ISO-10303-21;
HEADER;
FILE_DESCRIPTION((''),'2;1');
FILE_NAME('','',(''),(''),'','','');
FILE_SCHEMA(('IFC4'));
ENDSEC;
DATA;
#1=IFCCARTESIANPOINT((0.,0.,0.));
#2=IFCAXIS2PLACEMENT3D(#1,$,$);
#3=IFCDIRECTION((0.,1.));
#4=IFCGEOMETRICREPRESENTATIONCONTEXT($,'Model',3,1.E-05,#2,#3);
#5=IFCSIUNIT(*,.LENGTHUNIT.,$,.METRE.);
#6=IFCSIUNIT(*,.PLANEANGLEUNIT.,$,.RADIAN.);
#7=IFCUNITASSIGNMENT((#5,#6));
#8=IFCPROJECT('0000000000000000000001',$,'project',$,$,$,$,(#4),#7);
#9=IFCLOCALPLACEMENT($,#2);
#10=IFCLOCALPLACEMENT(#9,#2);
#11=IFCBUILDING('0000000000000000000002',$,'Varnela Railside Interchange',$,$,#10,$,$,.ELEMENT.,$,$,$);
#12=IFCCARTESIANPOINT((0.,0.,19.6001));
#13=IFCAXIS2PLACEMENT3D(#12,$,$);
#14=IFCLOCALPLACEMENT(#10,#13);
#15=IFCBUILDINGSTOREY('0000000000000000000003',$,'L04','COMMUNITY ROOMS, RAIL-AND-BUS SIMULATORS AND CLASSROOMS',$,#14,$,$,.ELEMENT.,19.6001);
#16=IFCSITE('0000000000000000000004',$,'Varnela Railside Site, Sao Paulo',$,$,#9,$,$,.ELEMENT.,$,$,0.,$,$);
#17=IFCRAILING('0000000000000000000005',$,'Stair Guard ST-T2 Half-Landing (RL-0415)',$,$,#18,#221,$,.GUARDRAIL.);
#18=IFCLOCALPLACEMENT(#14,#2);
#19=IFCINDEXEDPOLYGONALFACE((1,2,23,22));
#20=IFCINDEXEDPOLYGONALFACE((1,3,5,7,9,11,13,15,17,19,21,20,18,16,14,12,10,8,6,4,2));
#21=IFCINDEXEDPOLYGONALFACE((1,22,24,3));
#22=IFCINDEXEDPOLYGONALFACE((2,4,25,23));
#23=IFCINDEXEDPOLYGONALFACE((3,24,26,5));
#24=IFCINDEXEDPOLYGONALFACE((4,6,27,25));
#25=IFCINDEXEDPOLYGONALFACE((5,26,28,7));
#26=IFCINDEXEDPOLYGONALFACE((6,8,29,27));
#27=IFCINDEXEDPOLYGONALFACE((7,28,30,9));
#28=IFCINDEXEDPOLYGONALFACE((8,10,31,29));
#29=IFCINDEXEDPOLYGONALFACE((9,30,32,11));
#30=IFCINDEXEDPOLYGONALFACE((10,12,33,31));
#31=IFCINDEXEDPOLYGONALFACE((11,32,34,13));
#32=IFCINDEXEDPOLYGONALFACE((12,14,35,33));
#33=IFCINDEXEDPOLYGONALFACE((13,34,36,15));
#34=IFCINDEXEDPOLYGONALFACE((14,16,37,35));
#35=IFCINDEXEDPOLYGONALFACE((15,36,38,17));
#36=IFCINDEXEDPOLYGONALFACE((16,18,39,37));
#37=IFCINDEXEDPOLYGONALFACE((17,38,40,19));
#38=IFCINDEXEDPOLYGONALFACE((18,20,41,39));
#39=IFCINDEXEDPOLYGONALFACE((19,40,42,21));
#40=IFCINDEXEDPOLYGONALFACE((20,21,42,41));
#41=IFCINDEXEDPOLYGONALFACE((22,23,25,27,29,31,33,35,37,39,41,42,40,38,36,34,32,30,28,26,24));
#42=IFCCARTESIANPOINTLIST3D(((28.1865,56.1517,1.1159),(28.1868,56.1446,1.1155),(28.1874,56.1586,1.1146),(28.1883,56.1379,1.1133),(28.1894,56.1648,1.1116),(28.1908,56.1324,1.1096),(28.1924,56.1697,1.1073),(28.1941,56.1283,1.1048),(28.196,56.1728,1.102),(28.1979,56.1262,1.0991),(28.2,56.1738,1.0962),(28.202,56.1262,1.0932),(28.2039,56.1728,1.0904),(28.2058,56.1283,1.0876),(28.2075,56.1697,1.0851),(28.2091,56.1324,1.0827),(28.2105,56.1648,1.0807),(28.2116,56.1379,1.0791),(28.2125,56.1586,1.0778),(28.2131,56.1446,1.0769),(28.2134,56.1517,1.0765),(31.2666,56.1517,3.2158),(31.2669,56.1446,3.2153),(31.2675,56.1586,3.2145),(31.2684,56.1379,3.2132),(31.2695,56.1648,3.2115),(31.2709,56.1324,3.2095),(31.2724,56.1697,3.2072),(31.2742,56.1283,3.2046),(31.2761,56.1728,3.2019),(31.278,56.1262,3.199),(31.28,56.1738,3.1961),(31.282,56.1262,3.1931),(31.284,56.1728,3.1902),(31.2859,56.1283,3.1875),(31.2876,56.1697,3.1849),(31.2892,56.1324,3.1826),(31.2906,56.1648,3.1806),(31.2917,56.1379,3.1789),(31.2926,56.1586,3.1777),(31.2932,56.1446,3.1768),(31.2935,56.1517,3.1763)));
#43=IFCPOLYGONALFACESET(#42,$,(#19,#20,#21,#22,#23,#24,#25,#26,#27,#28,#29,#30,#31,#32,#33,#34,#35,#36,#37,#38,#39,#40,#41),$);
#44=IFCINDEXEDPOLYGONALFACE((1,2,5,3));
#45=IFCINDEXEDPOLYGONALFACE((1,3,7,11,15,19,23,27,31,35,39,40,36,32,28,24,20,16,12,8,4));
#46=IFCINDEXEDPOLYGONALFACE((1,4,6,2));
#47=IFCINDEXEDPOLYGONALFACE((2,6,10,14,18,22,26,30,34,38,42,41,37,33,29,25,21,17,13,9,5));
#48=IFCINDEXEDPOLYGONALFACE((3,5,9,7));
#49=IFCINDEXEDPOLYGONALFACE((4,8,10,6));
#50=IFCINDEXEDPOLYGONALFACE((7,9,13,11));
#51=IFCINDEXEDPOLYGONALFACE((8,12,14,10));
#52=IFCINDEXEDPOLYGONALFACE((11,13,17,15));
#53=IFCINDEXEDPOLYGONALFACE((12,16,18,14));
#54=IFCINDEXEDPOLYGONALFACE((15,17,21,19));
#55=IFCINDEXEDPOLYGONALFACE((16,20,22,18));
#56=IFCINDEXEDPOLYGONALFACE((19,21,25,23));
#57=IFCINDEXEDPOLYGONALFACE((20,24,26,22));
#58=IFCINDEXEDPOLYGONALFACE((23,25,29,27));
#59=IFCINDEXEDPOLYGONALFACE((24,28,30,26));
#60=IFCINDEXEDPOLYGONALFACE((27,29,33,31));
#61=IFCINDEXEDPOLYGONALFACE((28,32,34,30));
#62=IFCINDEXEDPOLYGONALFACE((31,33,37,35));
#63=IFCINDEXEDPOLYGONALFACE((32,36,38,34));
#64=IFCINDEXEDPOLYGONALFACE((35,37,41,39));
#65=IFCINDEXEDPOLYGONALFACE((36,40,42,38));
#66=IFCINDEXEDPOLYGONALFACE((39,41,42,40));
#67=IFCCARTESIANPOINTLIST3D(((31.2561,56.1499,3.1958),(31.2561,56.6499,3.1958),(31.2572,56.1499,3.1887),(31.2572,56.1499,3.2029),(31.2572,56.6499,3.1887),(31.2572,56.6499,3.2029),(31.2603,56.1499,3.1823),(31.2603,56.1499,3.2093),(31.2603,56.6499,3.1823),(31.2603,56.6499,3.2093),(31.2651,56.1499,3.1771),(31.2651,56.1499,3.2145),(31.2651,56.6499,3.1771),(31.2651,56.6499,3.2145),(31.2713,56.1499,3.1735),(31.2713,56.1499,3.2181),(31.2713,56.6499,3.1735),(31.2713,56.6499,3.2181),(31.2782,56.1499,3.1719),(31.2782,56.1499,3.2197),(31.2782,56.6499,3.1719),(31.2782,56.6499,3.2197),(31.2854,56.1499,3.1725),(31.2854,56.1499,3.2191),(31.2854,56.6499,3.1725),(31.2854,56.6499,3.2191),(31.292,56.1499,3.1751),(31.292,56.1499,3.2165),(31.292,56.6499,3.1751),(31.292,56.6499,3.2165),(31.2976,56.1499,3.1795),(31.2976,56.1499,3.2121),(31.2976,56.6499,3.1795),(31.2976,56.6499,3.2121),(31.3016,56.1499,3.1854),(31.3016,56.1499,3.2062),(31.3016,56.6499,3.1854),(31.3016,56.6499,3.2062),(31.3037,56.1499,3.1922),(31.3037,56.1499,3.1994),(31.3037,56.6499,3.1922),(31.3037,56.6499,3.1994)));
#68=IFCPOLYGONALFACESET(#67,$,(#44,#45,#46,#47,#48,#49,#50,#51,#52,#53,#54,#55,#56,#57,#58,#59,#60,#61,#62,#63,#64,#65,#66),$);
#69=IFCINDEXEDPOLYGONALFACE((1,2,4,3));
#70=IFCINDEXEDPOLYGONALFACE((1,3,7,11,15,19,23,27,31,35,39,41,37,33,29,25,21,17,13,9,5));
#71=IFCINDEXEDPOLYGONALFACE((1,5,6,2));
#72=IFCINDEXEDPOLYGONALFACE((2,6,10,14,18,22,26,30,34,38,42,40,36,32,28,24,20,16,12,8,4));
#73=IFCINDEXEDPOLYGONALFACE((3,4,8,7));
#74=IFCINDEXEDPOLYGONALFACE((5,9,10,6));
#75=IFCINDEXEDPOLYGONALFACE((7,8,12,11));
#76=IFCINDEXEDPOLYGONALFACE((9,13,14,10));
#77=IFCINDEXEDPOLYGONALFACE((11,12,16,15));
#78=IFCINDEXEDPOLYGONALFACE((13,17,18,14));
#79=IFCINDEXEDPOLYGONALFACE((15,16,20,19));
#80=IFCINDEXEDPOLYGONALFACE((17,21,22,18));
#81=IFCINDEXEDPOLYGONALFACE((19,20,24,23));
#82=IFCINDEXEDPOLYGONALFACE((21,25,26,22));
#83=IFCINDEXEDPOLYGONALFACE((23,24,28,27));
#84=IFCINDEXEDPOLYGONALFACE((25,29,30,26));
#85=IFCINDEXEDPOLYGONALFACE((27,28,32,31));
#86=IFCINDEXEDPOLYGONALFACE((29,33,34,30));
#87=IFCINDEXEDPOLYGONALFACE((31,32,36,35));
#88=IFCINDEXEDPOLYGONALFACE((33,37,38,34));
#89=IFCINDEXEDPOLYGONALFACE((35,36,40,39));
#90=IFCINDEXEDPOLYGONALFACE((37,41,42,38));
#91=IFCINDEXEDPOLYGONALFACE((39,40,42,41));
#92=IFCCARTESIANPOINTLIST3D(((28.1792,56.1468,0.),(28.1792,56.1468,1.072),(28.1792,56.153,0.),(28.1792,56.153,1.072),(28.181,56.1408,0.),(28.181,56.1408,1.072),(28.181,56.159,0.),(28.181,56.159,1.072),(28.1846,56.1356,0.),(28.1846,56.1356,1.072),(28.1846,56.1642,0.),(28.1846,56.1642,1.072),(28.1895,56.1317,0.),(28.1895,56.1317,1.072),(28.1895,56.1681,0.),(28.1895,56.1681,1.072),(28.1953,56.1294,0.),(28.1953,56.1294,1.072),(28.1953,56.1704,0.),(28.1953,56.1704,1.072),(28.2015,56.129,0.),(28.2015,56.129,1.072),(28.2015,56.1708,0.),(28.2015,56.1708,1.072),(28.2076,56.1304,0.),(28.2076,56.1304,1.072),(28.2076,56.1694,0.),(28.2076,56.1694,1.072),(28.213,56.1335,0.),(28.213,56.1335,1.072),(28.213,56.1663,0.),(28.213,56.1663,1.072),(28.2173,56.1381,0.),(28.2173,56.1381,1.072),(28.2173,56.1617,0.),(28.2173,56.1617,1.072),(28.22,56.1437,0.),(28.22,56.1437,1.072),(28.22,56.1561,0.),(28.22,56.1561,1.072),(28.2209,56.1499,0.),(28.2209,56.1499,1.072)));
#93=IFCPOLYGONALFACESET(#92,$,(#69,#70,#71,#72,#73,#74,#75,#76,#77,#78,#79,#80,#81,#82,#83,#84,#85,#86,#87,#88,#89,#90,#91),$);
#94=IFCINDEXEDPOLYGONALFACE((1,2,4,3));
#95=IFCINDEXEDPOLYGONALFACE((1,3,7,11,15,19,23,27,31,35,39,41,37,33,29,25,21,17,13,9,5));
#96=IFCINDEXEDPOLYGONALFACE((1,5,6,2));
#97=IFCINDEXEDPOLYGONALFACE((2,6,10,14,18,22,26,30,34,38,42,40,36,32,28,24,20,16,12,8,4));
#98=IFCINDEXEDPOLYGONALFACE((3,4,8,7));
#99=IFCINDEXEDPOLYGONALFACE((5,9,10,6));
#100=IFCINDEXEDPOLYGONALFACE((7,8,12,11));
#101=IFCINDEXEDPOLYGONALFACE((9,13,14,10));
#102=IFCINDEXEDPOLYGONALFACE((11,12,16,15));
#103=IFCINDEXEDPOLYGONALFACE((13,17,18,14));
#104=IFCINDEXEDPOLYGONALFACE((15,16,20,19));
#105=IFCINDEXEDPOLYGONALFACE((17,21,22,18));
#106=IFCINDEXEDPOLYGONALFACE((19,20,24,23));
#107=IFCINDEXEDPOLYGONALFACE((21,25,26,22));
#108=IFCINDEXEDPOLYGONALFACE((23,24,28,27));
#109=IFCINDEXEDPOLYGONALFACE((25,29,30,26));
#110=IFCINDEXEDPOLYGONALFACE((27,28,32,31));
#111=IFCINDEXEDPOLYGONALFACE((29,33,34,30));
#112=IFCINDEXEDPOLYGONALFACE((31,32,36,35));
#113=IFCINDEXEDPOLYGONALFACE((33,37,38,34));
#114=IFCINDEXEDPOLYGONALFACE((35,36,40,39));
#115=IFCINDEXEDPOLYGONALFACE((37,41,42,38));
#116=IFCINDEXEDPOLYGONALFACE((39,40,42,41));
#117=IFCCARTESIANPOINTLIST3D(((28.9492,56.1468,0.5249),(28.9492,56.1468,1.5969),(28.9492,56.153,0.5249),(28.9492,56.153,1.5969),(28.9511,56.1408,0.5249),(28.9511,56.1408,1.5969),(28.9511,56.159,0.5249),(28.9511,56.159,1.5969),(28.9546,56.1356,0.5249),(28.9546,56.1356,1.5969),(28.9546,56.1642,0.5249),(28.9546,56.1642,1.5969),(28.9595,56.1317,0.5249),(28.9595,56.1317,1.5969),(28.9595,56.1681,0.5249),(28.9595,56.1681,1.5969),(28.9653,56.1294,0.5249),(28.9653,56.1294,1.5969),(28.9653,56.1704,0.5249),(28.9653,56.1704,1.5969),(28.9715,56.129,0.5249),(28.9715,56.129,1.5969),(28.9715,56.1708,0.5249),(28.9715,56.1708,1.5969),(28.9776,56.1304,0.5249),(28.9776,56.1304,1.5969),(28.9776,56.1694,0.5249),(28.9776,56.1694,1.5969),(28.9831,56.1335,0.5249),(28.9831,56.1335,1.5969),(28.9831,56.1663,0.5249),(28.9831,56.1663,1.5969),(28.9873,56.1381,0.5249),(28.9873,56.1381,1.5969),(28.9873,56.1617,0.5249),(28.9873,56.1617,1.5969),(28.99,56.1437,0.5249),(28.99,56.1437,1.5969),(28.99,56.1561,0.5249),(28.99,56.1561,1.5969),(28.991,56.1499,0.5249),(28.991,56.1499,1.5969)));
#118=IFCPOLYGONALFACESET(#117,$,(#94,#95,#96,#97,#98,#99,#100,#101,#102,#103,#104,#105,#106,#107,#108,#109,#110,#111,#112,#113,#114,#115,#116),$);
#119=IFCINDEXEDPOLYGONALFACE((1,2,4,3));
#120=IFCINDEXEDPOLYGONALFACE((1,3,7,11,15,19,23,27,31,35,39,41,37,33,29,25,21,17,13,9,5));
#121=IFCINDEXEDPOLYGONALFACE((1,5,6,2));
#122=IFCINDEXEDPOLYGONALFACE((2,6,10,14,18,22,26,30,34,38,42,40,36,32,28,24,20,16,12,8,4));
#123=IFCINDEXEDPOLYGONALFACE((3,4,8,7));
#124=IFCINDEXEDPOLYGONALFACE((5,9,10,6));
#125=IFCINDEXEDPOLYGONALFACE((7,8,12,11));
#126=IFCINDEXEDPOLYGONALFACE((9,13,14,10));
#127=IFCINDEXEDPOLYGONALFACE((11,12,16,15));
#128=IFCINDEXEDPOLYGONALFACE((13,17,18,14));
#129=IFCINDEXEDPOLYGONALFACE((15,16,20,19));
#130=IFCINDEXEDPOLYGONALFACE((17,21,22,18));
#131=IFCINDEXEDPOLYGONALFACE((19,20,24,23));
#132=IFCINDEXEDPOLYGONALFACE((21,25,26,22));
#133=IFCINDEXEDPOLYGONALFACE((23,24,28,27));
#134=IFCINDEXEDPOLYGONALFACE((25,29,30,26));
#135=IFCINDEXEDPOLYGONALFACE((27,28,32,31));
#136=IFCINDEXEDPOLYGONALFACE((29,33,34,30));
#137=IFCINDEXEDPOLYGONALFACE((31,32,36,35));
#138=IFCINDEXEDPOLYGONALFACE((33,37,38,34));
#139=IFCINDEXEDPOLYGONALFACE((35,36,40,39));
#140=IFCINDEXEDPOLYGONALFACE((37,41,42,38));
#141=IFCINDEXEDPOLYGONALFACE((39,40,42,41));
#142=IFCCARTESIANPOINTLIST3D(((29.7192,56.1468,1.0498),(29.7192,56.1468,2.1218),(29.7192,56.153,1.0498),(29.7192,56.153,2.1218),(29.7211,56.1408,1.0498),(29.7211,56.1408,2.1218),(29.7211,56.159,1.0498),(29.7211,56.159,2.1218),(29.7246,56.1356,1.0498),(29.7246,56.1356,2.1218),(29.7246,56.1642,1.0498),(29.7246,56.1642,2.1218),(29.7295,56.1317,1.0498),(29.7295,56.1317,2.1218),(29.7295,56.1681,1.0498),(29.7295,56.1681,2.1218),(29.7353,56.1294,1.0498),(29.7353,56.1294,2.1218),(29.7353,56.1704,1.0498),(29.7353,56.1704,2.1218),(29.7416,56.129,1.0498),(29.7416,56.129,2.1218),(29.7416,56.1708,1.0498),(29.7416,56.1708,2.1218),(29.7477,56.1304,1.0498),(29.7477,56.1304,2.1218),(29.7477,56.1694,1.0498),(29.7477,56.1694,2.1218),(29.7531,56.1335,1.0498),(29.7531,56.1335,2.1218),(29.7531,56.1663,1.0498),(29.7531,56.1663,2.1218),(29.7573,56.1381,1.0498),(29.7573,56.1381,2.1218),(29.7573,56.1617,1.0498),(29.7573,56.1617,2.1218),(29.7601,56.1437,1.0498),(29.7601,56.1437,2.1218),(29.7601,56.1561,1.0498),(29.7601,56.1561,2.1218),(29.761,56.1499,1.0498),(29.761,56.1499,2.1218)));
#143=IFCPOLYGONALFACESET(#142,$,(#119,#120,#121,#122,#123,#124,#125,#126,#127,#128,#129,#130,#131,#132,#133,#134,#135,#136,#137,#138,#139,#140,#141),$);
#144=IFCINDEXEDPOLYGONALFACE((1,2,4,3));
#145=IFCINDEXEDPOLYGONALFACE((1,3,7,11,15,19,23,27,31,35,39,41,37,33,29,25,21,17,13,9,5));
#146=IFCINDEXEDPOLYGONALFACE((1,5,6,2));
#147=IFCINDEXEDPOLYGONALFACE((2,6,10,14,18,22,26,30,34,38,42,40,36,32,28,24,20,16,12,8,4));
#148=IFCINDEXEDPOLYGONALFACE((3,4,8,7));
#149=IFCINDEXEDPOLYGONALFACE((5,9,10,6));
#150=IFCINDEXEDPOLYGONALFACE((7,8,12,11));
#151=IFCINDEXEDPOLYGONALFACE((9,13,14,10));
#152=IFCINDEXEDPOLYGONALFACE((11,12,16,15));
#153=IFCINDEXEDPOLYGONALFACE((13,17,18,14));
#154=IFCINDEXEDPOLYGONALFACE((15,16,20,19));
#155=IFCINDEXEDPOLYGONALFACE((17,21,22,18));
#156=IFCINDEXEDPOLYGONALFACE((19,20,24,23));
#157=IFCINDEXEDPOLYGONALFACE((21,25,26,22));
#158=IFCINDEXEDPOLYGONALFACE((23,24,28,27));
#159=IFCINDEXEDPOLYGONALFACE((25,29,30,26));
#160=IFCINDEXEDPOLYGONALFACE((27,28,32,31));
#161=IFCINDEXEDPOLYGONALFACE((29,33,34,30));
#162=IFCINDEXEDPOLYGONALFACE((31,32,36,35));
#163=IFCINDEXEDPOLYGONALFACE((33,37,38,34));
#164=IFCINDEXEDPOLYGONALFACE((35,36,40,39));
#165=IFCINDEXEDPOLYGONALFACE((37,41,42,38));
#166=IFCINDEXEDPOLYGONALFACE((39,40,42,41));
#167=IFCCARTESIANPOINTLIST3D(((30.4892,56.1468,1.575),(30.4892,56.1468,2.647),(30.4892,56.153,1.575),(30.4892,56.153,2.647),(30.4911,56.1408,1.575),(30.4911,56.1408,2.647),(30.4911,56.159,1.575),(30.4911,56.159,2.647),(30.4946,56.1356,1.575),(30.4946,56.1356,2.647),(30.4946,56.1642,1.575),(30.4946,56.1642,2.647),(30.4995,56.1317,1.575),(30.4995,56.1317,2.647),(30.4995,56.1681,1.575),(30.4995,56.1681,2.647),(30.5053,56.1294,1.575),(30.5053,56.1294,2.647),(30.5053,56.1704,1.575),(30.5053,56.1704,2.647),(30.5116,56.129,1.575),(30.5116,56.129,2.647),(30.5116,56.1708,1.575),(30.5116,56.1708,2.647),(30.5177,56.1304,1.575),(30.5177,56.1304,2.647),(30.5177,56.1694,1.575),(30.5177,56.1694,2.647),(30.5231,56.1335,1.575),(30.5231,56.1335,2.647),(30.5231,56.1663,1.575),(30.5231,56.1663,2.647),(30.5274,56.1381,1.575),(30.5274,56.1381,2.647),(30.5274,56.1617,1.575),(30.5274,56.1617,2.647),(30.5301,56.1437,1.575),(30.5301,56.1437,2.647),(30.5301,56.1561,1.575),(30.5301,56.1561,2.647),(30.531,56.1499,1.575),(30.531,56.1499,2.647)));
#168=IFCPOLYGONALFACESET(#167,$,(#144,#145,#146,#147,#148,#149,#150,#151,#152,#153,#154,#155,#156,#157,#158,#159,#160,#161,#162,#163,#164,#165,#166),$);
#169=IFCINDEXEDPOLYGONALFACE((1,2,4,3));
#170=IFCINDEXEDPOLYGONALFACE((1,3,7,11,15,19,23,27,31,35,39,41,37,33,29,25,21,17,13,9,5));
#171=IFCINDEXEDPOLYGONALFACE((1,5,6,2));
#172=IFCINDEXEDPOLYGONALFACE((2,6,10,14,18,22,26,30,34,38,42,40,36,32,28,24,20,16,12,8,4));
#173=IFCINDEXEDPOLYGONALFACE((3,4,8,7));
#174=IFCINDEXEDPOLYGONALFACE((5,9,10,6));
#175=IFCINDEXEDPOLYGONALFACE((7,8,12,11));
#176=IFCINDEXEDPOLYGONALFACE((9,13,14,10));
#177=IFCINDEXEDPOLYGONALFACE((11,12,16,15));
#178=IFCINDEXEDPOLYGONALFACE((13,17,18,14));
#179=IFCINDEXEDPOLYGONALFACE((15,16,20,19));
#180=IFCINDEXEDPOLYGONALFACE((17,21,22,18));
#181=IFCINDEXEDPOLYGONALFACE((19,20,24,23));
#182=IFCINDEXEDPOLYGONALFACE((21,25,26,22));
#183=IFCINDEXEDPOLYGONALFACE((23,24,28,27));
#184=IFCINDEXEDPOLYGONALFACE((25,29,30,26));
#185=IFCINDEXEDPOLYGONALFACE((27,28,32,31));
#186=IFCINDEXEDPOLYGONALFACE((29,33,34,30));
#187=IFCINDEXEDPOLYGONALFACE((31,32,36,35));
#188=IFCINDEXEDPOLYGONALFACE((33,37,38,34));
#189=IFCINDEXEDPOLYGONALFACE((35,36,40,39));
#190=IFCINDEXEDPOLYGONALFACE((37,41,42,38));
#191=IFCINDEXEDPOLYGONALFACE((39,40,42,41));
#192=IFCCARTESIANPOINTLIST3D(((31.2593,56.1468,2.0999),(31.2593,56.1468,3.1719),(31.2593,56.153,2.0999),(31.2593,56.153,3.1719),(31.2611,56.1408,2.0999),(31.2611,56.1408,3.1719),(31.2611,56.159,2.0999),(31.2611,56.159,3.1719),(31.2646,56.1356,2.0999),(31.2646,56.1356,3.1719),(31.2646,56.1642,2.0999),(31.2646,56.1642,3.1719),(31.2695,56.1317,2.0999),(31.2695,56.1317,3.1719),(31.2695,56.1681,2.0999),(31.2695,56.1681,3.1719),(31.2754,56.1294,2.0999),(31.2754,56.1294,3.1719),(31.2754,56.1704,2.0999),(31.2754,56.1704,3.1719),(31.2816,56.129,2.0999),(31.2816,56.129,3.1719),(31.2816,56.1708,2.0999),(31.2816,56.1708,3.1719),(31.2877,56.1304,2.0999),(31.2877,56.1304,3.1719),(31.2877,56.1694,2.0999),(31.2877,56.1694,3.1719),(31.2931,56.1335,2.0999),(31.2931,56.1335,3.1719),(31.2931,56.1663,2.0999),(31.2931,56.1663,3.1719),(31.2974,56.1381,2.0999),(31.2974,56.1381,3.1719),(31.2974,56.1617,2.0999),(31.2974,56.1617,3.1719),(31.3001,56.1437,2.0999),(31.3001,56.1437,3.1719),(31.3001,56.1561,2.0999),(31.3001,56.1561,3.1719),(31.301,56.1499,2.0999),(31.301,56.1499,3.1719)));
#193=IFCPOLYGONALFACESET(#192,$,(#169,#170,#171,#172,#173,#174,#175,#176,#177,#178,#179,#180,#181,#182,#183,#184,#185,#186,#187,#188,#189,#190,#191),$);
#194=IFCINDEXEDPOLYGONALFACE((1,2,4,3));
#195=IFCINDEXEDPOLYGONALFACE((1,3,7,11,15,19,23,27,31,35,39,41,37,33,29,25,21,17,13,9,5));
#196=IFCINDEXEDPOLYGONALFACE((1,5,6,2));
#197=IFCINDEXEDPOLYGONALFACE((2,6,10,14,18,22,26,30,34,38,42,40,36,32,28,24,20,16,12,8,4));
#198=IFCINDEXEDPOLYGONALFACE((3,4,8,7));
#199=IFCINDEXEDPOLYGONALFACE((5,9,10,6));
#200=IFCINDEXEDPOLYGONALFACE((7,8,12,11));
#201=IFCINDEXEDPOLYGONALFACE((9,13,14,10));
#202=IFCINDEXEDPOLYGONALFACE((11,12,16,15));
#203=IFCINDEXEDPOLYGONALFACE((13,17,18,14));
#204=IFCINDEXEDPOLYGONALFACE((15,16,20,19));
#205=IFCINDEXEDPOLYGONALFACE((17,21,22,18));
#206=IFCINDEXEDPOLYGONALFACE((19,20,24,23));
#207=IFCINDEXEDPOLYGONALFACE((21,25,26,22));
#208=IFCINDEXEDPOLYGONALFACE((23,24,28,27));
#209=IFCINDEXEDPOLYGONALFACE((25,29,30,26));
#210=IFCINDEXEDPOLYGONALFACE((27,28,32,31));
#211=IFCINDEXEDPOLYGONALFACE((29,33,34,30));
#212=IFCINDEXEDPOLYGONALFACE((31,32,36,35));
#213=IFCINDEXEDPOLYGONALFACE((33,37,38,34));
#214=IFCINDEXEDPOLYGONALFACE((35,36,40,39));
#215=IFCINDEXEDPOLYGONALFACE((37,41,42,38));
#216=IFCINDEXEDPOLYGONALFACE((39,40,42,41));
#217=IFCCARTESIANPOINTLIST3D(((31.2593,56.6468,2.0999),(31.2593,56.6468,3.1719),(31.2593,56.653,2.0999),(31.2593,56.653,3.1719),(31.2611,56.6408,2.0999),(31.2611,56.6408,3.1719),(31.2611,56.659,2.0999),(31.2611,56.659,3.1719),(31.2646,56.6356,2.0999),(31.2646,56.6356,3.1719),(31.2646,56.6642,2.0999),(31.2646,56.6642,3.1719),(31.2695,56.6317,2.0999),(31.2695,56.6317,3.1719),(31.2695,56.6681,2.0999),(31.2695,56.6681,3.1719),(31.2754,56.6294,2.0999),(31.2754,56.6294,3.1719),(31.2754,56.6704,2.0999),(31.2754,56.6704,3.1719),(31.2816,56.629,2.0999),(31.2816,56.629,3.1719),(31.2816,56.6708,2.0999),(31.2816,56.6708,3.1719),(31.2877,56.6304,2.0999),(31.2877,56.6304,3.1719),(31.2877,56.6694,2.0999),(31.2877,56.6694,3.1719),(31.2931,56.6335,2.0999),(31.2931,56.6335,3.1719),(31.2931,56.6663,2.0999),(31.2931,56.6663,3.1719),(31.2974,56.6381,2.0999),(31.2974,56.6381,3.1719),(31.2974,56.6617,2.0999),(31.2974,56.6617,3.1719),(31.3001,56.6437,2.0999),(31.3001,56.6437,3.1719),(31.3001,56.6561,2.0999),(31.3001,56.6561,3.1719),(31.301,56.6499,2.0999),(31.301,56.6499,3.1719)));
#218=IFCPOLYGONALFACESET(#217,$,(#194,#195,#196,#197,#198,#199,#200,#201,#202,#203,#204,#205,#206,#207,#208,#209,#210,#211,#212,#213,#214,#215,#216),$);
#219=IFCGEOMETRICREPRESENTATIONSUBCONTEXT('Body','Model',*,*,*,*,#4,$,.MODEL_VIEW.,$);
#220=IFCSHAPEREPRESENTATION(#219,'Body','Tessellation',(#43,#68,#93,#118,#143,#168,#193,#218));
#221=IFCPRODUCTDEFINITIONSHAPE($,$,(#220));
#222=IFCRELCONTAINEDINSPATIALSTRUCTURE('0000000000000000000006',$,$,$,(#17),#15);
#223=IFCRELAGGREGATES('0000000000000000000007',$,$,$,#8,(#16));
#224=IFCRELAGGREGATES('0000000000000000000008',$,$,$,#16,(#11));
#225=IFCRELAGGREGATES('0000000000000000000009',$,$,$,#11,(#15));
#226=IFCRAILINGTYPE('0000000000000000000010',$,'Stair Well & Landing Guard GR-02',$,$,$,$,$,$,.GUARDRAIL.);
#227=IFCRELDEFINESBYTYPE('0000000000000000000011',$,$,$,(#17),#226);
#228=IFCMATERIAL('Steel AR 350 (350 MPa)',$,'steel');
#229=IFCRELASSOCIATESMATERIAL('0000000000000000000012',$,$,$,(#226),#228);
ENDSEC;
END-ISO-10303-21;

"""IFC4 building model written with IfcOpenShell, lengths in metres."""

from ifc_helpers import new_model, si_unit, direction, frame, origin, origin_2d, place, context, subcontext, project, spatial, circle, extrude, material, type_object, element, save


model = new_model("IFC4")

# Units and contexts
model_context = context("Model", 3, precision=1e-05, world=origin(), true_north=direction((0.0, 1.0)))
body_context = subcontext(model_context, "Body", "Model", "MODEL_VIEW")
ifc_project = project(units=[si_unit("LENGTHUNIT", "METRE"), si_unit("PLANEANGLEUNIT", "RADIAN")], contexts=[model_context])

# Site, building, storey
site_placement = place(None, origin())
site = spatial("IfcSite", under=ifc_project, at=site_placement, Name="Varnela Railside Site, Sao Paulo", CompositionType="ELEMENT", RefElevation=0.0)
building_placement = place(site_placement, origin())
building = spatial("IfcBuilding", under=site, at=building_placement, Name="Varnela Railside Interchange", CompositionType="ELEMENT")
storey_placement = place(building_placement, frame((0.0, 0.0, 19.6001)))
storey = spatial("IfcBuildingStorey", under=building, at=storey_placement, Name="L04", Description="COMMUNITY ROOMS, RAIL-AND-BUS SIMULATORS AND CLASSROOMS", CompositionType="ELEMENT", Elevation=19.6001)

# Shared definitions
ifc_material_1 = material(Name="Steel AR 350 (350 MPa)", Category="steel")

# Railing
railing_type_1 = type_object("IfcRailingType", Name="Stair Well & Landing Guard GR-02", PredefinedType="GUARDRAIL", material=ifc_material_1)
railing_1_placement = place(storey_placement, frame((28.2, 56.1499, 0.0)))
element("IfcRailing", 1, at=railing_1_placement, inside=storey, type_object=railing_type_1, Name="Stair Guard ST-T2 Half-Landing (RL-0415)", PredefinedType="GUARDRAIL", context=body_context, shape_type="SweptSolid", body=[
    extrude(circle(Radius=0.0239, at=origin_2d()), frame((0.0, 0.0, 1.0962), z_axis=(0.826252, 0.0, 0.5633), x_axis=(0.0, 1.0, 0.0)), (0.0, 0.0, 1.0), 3.7278),
    extrude(circle(Radius=0.0239, at=origin_2d()), frame((3.0801, 0.0, 3.1958), z_axis=(0.0, 1.0, 0.0), x_axis=(-1.0, 0.0, 0.0)), (0.0, 0.0, 1.0), 0.5),
    extrude(circle(Radius=0.021, at=origin_2d()), origin(), (0.0, 0.0, 1.0), 1.072),
    extrude(circle(Radius=0.021, at=origin_2d()), frame((0.77, 0.0, 0.5249)), (0.0, 0.0, 1.0), 1.072),
    extrude(circle(Radius=0.021, at=origin_2d()), frame((1.54, 0.0, 1.0498)), (0.0, 0.0, 1.0), 1.072),
    extrude(circle(Radius=0.021, at=origin_2d()), frame((2.3101, 0.0, 1.575)), (0.0, 0.0, 1.0), 1.072),
    extrude(circle(Radius=0.021, at=origin_2d()), frame((3.0801, 0.0, 2.0999)), (0.0, 0.0, 1.0), 1.072),
    extrude(circle(Radius=0.021, at=origin_2d()), frame((3.0801, 0.5, 2.0999)), (0.0, 0.0, 1.0), 1.072),
])

save(model, "model.ifc")
